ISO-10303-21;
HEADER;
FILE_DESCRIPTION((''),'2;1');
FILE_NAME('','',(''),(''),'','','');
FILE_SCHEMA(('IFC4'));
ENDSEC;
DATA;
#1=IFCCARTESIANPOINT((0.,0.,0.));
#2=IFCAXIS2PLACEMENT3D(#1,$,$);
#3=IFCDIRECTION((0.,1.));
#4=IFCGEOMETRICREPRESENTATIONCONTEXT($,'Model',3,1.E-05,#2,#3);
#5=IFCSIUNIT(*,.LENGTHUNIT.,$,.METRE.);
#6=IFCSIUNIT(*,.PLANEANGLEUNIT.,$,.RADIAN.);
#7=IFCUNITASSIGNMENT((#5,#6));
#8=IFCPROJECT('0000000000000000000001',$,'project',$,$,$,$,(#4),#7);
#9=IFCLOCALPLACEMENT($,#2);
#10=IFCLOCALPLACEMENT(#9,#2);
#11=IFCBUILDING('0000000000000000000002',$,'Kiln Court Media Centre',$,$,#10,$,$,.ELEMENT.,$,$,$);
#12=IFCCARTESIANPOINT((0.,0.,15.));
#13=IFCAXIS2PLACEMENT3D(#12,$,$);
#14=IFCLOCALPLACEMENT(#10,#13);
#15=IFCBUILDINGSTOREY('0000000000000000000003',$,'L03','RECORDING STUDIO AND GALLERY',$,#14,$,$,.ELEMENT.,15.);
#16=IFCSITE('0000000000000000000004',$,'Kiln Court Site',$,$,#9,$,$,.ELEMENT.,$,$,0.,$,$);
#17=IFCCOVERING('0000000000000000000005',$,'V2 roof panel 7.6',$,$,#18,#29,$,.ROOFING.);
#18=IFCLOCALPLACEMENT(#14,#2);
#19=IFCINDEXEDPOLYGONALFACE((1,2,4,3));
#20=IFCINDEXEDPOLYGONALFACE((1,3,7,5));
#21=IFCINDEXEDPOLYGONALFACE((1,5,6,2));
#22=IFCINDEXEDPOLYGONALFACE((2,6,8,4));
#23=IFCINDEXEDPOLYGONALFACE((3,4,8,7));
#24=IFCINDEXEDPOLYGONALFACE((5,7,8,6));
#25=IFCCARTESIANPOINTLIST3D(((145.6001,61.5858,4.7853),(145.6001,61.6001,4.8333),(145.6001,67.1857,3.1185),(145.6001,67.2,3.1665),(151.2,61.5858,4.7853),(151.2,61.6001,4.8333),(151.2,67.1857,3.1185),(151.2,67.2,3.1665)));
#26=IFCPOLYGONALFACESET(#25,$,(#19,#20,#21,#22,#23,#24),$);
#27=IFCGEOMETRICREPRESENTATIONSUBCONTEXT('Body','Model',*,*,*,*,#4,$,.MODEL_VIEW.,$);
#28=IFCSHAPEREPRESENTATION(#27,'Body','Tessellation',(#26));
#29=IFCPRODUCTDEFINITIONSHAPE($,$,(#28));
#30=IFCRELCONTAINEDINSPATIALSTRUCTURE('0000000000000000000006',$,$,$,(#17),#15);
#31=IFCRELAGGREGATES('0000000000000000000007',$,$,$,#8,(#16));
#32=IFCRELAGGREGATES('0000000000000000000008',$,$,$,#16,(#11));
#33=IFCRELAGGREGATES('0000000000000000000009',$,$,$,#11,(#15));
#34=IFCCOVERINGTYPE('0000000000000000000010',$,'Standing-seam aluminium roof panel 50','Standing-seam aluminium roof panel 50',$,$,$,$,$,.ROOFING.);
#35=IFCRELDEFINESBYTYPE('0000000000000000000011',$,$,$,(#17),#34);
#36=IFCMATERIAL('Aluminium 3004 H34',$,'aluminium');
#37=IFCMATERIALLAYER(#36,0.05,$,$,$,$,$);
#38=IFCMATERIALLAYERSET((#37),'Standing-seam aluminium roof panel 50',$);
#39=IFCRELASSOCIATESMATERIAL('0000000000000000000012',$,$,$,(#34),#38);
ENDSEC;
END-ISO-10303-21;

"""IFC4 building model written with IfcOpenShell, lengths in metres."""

from ifc_helpers import new_model, si_unit, direction, frame, origin, place, context, subcontext, project, spatial, polyline, outline, extrude, material, layer, layer_set, type_object, element, save


model = new_model("IFC4")

# Units and contexts
model_context = context("Model", 3, precision=1e-05, world=origin(), true_north=direction((0.0, 1.0)))
body_context = subcontext(model_context, "Body", "Model", "MODEL_VIEW")
ifc_project = project(units=[si_unit("LENGTHUNIT", "METRE"), si_unit("PLANEANGLEUNIT", "RADIAN")], contexts=[model_context])

# Site, building, storey
site_placement = place(None, origin())
site = spatial("IfcSite", under=ifc_project, at=site_placement, Name="Kiln Court Site", CompositionType="ELEMENT", RefElevation=0.0)
building_placement = place(site_placement, origin())
building = spatial("IfcBuilding", under=site, at=building_placement, Name="Kiln Court Media Centre", CompositionType="ELEMENT")
storey_placement = place(building_placement, frame((0.0, 0.0, 15.0)))
storey = spatial("IfcBuildingStorey", under=building, at=storey_placement, Name="L03", Description="RECORDING STUDIO AND GALLERY", CompositionType="ELEMENT", Elevation=15.0)

# Covering
ifc_material_1 = material(Name="Aluminium 3004 H34", Category="aluminium")
ifc_layer_1 = layer(ifc_material_1, 0.05)
ifc_layer_set_1 = layer_set([ifc_layer_1], Name="Standing-seam aluminium roof panel 50")
covering_type = type_object("IfcCoveringType", Name="Standing-seam aluminium roof panel 50", Description="Standing-seam aluminium roof panel 50", PredefinedType="ROOFING", material=ifc_layer_set_1)
covering_placement = place(storey_placement, frame((145.6001, 61.6001, 4.8333), z_axis=(0.0, 0.285273, 0.958446), x_axis=(0.0, 0.958446, -0.285273)))
element("IfcCovering", 1, at=covering_placement, inside=storey, type_object=covering_type, Name="V2 roof panel 7.6", PredefinedType="ROOFING", context=body_context, shape_type="SweptSolid", body=[
    extrude(outline(polyline([(0.0, 0.0), (5.8426, 0.0), (5.8426, -5.5999), (0.0, -5.5999), (0.0, 0.0)])), origin(), (0.0, 0.0, -1.0), 0.05),
])

save(model, "model.ifc")
